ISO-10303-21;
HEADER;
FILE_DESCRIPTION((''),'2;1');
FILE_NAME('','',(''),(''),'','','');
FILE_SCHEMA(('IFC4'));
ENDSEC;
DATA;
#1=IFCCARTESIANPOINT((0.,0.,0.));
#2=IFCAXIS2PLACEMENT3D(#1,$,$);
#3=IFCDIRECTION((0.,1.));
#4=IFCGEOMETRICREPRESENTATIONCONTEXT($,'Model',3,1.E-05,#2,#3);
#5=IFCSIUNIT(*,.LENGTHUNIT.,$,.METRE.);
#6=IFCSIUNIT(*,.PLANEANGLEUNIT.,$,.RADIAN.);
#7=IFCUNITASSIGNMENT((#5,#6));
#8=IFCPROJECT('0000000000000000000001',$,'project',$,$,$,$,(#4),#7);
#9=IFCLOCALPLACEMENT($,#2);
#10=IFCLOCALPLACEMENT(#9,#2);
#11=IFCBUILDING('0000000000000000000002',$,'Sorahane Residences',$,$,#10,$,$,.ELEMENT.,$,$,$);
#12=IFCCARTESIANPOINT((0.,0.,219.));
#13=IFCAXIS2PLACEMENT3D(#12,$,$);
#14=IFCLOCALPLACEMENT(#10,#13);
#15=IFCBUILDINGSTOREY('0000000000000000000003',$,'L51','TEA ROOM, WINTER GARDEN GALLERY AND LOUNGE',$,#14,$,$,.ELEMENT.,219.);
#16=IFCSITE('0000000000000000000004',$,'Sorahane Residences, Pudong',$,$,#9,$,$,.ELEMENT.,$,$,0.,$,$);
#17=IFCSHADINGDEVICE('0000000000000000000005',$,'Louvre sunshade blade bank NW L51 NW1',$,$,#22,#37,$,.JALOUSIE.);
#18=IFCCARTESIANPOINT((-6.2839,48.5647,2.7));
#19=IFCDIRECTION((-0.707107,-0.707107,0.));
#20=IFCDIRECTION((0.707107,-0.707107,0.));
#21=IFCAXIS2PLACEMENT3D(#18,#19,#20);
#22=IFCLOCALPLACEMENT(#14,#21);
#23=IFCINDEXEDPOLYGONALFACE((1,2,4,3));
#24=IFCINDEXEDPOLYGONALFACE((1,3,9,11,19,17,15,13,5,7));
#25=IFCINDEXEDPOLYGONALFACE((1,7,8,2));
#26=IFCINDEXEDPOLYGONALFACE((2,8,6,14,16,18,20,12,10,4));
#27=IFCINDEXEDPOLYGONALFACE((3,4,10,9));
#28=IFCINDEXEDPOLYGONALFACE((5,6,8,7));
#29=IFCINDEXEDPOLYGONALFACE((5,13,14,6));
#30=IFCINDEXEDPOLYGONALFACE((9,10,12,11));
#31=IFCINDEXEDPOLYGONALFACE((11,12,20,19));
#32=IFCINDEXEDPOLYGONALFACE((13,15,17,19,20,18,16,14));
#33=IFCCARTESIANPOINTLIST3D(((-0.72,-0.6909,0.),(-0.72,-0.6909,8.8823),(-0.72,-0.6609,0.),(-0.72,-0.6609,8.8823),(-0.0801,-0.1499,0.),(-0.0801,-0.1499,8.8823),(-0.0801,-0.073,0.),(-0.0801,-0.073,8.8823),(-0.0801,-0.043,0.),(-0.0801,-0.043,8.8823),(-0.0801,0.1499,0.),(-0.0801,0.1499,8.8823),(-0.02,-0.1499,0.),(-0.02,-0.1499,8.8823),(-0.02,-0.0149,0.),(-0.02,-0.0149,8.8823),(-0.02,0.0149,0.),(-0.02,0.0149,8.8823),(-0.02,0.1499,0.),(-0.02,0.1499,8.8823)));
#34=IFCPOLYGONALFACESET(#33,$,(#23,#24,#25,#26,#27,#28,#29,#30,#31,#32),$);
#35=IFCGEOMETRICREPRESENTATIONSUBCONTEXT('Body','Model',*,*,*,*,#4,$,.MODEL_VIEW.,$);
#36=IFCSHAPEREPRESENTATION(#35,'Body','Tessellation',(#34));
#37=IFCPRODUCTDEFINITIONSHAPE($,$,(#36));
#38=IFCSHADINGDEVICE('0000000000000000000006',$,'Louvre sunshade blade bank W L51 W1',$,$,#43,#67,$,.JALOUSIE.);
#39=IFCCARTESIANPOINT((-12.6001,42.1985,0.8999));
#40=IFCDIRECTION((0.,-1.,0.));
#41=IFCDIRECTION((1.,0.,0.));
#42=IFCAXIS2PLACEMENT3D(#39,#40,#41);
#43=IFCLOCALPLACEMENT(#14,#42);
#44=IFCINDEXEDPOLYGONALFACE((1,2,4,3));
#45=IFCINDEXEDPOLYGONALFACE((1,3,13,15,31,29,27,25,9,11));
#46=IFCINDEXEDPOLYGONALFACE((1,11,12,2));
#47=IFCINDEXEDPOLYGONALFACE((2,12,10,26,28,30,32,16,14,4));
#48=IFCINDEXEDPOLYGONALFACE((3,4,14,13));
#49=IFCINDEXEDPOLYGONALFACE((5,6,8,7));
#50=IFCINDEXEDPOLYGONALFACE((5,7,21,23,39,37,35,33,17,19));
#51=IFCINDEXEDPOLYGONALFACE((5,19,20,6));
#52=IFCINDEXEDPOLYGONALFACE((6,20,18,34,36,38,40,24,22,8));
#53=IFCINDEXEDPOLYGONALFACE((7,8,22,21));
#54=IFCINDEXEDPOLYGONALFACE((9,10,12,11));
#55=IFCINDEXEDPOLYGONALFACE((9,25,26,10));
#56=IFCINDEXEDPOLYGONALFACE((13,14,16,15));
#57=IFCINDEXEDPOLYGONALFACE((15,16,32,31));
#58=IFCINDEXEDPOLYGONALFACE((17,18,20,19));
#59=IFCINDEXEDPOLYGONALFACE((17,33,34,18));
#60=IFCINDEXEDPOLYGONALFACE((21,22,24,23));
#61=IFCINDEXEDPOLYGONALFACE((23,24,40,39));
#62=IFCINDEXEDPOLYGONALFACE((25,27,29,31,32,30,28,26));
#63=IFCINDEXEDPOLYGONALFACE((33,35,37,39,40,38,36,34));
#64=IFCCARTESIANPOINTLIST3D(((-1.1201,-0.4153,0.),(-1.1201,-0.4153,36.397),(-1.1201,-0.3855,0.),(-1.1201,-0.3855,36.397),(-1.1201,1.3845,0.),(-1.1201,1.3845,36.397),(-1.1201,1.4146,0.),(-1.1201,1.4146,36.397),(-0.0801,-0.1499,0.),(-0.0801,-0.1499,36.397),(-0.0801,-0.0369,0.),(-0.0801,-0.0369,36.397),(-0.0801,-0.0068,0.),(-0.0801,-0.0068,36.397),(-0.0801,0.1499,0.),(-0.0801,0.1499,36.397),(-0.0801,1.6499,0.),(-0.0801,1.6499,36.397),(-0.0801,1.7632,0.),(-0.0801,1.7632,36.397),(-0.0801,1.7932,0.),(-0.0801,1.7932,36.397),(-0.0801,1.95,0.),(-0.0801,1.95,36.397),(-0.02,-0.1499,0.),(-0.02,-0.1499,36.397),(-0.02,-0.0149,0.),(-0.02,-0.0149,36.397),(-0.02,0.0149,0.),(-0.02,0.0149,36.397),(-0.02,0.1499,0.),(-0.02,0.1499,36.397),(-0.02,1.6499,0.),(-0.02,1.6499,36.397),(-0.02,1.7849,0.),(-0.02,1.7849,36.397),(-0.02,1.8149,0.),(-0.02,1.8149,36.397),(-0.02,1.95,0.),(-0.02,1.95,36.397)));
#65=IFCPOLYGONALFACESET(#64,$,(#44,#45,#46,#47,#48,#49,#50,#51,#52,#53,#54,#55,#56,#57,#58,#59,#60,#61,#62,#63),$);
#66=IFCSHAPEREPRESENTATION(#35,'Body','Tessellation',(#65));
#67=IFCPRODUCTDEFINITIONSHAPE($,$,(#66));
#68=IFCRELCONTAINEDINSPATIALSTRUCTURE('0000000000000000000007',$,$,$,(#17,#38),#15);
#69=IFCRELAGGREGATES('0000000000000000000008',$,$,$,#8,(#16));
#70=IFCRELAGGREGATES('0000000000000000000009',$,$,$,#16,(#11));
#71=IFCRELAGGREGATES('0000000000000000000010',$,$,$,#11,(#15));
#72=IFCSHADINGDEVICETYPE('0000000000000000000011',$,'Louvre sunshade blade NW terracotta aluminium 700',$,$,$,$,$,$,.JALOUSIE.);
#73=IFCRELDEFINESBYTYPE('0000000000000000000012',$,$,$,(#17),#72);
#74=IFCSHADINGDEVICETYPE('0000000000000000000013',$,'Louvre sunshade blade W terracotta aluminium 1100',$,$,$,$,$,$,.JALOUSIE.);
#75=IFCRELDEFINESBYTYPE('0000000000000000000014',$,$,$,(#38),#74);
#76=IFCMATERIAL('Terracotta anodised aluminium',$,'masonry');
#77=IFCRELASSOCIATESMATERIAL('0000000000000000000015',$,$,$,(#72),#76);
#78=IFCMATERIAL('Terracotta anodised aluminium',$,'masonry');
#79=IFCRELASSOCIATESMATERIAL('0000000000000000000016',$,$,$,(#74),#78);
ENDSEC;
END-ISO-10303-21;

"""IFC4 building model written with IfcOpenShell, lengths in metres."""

from ifc_helpers import new_model, si_unit, direction, frame, origin, place, context, subcontext, project, spatial, polyline, outline, composite_profile, extrude, material, type_object, element, save


model = new_model("IFC4")

# Units and contexts
model_context = context("Model", 3, precision=1e-05, world=origin(), true_north=direction((0.0, 1.0)))
body_context = subcontext(model_context, "Body", "Model", "MODEL_VIEW")
ifc_project = project(units=[si_unit("LENGTHUNIT", "METRE"), si_unit("PLANEANGLEUNIT", "RADIAN")], contexts=[model_context])

# Site, building, storey
site_placement = place(None, origin())
site = spatial("IfcSite", under=ifc_project, at=site_placement, Name="Sorahane Residences, Pudong", CompositionType="ELEMENT", RefElevation=0.0)
building_placement = place(site_placement, origin())
building = spatial("IfcBuilding", under=site, at=building_placement, Name="Sorahane Residences", CompositionType="ELEMENT")
storey_placement = place(building_placement, frame((0.0, 0.0, 219.0)))
storey = spatial("IfcBuildingStorey", under=building, at=storey_placement, Name="L51", Description="TEA ROOM, WINTER GARDEN GALLERY AND LOUNGE", CompositionType="ELEMENT", Elevation=219.0)

# Shading devices
ifc_material_1 = material(Name="Terracotta anodised aluminium", Category="masonry")
shading_device_type_1 = type_object("IfcShadingDeviceType", Name="Louvre sunshade blade NW terracotta aluminium 700", PredefinedType="JALOUSIE", material=ifc_material_1)
shading_device_1_placement = place(storey_placement, frame((-6.2839, 48.5647, 2.7), z_axis=(-0.707107, -0.707107, 0.0), x_axis=(0.707107, -0.707107, 0.0)))
element("IfcShadingDevice", 1, at=shading_device_1_placement, inside=storey, type_object=shading_device_type_1, Name="Louvre sunshade blade bank NW L51 NW1", PredefinedType="JALOUSIE", context=body_context, shape_type="SweptSolid", body=[
    extrude(outline(polyline([(-0.72, -0.6609), (-0.72, -0.6909), (-0.0801, -0.073), (-0.0801, -0.1499), (-0.02, -0.1499), (-0.02, -0.0149), (-0.02, 0.0149), (-0.02, 0.1499), (-0.0801, 0.1499), (-0.0801, -0.043), (-0.72, -0.6609)])), origin(), (0.0, 0.0, 1.0), 8.8823),
])
ifc_material_2 = material(Name="Terracotta anodised aluminium", Category="masonry")
shading_device_type_2 = type_object("IfcShadingDeviceType", Name="Louvre sunshade blade W terracotta aluminium 1100", PredefinedType="JALOUSIE", material=ifc_material_2)
shading_device_2_placement = place(storey_placement, frame((-12.6001, 42.1985, 0.8999), z_axis=(0.0, -1.0, 0.0), x_axis=(1.0, 0.0, 0.0)))
element("IfcShadingDevice", 2, at=shading_device_2_placement, inside=storey, type_object=shading_device_type_2, Name="Louvre sunshade blade bank W L51 W1", PredefinedType="JALOUSIE", context=body_context, shape_type="SweptSolid", body=[
    extrude(composite_profile([outline(polyline([(-1.1201, -0.3855), (-1.1201, -0.4153), (-0.0801, -0.0369), (-0.0801, -0.1499), (-0.02, -0.1499), (-0.02, -0.0149), (-0.02, 0.0149), (-0.02, 0.1499), (-0.0801, 0.1499), (-0.0801, -0.0068), (-1.1201, -0.3855)])), outline(polyline([(-1.1201, 1.4146), (-1.1201, 1.3845), (-0.0801, 1.7632), (-0.0801, 1.6499), (-0.02, 1.6499), (-0.02, 1.7849), (-0.02, 1.8149), (-0.02, 1.95), (-0.0801, 1.95), (-0.0801, 1.7932), (-1.1201, 1.4146)]))]), origin(), (0.0, 0.0, 1.0), 36.397),
])

save(model, "model.ifc")
